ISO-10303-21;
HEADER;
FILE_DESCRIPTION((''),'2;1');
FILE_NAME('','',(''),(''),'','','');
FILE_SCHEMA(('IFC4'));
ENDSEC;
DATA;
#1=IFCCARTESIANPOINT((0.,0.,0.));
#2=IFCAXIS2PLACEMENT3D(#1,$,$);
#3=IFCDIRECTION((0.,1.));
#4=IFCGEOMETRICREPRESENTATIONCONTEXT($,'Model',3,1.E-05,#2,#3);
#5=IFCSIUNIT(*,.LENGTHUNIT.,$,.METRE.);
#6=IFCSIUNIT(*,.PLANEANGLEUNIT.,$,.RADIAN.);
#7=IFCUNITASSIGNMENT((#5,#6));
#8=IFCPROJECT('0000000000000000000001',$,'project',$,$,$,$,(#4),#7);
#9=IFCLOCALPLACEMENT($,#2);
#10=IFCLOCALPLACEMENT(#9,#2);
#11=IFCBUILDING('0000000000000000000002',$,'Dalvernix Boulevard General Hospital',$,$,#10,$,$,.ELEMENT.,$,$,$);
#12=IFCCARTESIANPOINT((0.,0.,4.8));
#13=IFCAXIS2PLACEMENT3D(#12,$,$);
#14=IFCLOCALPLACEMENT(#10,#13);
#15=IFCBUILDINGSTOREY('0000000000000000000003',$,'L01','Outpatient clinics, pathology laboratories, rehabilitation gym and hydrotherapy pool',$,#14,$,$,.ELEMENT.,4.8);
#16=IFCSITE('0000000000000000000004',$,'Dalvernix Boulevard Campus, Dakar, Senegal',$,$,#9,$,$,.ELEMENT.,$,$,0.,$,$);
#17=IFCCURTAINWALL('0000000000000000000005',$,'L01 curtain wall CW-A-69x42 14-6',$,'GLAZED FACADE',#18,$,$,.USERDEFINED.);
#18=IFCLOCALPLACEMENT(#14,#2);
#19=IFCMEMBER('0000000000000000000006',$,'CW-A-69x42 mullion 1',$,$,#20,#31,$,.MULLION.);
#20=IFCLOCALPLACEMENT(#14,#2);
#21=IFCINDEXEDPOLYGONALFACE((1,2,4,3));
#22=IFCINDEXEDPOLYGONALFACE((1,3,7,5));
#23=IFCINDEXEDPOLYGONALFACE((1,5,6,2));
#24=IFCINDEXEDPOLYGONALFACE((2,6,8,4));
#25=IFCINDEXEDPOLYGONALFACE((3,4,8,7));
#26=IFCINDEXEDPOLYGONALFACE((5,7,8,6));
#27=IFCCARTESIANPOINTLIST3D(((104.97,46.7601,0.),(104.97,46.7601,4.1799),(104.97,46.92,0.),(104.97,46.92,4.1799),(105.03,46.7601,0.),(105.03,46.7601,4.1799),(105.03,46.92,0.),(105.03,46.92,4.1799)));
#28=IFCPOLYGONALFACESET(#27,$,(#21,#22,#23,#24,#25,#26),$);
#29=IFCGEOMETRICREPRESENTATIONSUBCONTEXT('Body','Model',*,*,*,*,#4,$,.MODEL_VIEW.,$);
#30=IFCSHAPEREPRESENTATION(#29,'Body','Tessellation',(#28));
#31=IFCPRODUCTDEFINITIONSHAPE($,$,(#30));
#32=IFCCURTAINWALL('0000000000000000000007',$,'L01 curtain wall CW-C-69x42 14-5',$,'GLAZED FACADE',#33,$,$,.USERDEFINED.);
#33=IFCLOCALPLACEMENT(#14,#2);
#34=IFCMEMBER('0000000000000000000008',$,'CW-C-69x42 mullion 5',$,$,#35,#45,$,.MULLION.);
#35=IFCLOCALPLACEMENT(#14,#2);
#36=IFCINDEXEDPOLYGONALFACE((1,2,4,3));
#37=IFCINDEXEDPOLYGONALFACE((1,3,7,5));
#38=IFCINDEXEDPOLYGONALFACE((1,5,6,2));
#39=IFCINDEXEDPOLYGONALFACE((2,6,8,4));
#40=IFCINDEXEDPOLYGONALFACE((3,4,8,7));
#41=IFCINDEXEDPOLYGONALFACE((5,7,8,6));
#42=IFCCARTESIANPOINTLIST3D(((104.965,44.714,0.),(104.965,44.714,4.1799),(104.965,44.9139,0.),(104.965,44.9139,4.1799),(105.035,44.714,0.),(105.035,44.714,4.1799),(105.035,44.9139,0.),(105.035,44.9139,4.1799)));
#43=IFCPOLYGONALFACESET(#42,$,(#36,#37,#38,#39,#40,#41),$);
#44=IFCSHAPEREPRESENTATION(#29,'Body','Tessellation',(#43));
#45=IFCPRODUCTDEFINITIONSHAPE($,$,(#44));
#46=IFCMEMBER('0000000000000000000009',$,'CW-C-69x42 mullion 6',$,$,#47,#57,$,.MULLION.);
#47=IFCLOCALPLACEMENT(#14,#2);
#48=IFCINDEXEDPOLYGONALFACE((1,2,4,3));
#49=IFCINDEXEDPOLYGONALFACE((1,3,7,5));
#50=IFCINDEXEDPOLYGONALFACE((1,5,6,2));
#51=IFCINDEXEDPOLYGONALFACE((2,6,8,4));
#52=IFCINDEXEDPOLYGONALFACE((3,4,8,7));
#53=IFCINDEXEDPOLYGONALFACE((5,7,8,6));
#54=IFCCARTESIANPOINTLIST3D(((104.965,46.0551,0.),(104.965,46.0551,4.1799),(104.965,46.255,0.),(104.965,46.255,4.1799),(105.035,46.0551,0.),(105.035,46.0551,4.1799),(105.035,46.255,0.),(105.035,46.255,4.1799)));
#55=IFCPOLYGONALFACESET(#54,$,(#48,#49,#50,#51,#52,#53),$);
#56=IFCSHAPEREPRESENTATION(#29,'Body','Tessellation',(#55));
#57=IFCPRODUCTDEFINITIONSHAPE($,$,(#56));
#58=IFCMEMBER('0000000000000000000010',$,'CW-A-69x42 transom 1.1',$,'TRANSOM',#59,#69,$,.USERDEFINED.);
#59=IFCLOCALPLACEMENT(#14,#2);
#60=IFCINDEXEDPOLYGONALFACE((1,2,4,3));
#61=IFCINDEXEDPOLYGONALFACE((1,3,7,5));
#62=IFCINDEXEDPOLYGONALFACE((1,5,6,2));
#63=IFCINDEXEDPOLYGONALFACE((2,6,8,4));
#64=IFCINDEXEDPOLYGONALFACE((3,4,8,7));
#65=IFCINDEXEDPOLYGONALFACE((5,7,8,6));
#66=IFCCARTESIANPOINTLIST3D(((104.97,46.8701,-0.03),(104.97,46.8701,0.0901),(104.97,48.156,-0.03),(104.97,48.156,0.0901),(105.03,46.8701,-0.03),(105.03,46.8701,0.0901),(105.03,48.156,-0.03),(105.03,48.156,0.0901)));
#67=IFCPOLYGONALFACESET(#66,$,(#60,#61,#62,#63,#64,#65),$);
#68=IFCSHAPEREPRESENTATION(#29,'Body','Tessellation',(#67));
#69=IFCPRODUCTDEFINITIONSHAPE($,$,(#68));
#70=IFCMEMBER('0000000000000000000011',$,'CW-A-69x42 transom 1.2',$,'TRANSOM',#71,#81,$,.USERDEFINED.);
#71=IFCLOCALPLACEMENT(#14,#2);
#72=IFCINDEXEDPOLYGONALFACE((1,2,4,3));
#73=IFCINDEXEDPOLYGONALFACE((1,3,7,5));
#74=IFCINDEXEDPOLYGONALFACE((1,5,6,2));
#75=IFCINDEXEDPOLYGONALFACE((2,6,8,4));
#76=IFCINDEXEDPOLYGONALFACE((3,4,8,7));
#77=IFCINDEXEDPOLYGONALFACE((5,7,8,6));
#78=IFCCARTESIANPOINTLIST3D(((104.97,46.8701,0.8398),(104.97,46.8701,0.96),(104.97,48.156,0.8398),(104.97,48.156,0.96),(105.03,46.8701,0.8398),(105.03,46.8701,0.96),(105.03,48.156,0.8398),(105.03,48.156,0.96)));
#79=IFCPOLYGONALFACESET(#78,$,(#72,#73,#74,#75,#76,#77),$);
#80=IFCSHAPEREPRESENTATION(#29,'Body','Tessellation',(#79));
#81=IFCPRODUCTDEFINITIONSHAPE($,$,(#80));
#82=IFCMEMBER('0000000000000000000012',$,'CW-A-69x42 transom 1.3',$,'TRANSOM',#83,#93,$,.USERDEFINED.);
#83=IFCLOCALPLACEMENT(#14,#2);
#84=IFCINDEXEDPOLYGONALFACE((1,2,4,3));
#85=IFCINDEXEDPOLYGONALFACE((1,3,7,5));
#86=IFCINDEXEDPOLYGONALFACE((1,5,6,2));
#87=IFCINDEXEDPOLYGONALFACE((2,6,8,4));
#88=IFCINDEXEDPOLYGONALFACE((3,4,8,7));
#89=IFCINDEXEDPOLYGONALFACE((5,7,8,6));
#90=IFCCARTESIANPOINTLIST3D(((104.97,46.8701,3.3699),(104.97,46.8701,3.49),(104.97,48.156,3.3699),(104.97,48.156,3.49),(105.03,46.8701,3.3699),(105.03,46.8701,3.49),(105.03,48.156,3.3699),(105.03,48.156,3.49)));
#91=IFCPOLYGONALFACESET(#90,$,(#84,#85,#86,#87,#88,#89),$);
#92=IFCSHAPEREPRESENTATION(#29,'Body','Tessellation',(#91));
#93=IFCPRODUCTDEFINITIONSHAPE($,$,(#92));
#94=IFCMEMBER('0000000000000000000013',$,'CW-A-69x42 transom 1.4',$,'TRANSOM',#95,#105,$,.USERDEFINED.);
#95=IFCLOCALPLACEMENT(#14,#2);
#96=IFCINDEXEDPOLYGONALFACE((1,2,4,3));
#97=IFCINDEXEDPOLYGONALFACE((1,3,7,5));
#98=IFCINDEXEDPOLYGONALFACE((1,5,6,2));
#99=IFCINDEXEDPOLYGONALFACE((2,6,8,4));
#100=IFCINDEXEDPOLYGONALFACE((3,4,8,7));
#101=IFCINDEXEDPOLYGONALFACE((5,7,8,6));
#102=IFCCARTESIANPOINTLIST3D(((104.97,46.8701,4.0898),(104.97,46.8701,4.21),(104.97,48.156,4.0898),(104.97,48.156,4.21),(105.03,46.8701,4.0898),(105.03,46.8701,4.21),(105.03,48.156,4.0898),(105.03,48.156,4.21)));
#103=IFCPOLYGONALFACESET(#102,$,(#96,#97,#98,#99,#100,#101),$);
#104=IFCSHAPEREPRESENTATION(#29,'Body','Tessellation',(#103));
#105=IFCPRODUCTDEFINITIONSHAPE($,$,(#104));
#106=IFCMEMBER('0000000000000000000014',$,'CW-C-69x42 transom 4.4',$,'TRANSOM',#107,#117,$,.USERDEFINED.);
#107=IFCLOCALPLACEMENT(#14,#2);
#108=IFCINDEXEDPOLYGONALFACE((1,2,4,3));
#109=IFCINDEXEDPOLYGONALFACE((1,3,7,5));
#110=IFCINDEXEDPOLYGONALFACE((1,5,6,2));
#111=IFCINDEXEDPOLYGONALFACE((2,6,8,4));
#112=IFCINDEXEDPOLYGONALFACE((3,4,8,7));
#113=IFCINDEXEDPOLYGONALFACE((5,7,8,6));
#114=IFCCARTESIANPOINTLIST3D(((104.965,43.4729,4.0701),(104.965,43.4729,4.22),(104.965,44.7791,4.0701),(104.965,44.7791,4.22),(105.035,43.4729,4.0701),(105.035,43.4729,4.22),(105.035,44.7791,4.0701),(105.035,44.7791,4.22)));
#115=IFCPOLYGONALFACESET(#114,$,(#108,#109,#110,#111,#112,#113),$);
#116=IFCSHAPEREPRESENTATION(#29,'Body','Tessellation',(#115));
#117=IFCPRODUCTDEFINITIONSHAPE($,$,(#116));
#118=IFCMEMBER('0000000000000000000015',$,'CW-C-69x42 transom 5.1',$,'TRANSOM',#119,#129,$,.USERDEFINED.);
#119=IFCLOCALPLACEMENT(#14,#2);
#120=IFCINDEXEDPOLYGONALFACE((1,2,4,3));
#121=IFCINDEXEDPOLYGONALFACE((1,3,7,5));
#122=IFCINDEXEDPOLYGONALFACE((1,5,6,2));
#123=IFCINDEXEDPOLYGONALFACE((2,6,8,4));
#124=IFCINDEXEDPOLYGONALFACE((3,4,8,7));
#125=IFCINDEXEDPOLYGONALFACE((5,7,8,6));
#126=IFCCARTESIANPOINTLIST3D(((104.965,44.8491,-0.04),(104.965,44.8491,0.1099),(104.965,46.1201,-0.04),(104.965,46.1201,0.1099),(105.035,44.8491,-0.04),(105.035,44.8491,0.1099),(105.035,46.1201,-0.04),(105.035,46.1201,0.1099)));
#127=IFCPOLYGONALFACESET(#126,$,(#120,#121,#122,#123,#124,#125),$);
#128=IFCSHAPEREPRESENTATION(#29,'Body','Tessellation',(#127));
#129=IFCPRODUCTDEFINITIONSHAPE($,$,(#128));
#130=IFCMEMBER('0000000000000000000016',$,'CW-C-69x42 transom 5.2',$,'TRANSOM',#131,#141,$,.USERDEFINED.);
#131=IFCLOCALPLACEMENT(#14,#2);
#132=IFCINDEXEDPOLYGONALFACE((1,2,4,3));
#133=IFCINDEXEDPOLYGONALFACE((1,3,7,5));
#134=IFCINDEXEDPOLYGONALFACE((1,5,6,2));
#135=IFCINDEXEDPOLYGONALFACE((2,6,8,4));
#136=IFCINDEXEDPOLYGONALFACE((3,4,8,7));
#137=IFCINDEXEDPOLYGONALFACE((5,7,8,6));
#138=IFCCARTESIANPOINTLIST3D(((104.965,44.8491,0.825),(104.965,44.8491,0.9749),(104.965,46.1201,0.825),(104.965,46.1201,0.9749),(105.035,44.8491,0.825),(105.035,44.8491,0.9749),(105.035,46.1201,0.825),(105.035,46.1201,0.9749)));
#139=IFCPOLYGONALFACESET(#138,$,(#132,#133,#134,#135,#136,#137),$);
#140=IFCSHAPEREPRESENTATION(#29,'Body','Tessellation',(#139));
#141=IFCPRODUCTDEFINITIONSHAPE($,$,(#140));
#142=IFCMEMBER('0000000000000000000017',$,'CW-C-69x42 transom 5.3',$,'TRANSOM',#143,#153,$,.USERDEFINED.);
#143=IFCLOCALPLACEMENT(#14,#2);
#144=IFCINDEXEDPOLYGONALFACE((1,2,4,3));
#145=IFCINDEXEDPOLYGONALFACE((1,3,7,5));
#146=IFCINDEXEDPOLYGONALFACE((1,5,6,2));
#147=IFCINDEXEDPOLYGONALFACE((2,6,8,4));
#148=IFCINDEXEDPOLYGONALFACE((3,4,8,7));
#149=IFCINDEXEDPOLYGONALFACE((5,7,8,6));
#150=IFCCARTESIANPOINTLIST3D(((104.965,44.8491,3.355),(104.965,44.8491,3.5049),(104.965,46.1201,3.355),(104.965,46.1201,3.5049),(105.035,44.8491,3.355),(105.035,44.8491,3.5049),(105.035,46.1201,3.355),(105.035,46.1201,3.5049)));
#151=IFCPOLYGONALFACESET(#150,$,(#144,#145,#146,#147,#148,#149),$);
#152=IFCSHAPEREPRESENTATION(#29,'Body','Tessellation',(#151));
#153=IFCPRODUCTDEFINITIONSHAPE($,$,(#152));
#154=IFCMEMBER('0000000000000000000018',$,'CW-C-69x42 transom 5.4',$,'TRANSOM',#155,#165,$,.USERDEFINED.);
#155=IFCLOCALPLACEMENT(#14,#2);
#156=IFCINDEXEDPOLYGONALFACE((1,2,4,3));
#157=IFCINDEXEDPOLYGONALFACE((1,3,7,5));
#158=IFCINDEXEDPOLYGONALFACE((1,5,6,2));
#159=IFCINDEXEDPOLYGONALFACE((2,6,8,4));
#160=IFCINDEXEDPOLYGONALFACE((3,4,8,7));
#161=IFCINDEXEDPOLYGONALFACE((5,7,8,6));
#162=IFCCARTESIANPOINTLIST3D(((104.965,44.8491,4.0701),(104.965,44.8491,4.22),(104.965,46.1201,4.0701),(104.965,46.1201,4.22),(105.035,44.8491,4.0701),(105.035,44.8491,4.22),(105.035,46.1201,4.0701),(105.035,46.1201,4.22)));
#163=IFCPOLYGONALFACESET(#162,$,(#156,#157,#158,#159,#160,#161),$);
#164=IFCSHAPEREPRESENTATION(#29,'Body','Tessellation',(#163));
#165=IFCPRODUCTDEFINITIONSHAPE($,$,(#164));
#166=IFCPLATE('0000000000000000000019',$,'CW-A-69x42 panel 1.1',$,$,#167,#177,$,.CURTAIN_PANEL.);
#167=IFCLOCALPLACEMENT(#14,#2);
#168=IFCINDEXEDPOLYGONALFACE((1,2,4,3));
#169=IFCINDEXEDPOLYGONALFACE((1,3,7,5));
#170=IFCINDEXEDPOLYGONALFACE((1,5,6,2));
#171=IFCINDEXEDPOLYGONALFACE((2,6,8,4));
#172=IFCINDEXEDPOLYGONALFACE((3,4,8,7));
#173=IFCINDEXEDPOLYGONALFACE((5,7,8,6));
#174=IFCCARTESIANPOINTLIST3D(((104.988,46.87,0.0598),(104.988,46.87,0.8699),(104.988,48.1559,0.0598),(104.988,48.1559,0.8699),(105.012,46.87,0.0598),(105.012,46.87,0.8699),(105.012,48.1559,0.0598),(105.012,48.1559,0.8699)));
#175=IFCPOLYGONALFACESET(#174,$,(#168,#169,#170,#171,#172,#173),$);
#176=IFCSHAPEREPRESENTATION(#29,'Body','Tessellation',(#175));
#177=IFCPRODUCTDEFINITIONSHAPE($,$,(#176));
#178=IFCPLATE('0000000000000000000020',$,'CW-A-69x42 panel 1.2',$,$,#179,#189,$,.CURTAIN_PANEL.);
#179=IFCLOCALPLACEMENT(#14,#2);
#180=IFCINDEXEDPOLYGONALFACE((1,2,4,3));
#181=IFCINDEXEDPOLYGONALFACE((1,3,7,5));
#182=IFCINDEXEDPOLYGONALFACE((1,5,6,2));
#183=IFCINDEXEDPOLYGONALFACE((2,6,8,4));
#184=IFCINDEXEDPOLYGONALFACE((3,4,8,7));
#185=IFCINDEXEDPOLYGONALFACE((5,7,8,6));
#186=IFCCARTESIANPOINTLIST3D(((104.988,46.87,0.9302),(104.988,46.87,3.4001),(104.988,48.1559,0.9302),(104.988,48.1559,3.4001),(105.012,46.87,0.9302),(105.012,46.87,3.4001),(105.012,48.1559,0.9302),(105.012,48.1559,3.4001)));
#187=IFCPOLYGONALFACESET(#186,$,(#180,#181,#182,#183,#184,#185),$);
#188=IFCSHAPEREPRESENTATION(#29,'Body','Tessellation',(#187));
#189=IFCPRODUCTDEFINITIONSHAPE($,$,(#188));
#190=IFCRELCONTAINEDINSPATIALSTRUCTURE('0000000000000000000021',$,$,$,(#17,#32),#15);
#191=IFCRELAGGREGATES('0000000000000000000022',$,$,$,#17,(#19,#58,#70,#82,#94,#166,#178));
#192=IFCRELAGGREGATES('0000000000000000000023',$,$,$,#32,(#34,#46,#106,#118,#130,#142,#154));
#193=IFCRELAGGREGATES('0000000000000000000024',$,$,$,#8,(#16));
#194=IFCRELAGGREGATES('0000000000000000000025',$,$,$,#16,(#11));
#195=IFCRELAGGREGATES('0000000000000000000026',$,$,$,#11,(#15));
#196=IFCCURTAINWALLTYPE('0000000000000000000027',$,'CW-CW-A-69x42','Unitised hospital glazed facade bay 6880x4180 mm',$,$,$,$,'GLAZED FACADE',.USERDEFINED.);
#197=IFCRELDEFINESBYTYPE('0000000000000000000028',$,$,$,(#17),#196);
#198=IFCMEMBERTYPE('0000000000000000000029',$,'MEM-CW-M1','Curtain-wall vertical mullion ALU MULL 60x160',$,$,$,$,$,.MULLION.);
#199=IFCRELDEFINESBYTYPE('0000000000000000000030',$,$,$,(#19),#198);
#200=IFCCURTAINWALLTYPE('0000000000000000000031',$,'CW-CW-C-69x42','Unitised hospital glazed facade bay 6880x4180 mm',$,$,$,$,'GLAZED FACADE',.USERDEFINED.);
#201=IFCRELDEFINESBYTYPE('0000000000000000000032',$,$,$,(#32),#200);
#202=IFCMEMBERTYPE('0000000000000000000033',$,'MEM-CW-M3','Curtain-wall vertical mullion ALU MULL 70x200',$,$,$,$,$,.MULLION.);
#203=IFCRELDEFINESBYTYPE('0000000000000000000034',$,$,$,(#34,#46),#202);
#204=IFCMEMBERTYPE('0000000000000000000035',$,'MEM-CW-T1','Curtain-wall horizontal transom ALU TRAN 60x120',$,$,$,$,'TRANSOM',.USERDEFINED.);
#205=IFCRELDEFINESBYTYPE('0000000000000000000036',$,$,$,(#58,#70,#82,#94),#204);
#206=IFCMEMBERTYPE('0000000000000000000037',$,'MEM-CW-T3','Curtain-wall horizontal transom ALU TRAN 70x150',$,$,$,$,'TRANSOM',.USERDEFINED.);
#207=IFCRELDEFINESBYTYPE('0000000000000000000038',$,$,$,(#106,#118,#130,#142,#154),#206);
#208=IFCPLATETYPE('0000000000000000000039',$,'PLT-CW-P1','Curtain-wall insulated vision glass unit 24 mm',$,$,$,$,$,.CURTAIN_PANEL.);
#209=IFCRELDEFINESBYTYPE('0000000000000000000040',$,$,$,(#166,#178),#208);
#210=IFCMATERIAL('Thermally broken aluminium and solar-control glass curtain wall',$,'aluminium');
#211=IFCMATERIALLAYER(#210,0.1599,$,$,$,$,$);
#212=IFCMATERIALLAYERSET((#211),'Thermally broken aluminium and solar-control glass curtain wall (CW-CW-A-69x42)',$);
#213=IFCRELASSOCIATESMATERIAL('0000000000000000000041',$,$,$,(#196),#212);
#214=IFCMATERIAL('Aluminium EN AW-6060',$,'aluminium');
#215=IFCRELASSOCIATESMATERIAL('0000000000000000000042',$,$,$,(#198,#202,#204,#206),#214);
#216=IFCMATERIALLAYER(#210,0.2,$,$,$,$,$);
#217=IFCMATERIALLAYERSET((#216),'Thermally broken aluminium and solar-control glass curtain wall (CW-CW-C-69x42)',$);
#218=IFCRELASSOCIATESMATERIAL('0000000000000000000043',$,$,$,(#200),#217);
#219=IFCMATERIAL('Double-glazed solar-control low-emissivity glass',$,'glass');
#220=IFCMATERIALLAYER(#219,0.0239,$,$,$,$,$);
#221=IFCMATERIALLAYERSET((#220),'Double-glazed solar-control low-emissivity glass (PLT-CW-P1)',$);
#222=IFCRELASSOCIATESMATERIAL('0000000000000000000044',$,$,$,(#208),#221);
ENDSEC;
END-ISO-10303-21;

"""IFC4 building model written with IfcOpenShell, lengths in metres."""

from ifc_helpers import new_model, si_unit, direction, frame, origin, origin_2d, place, context, subcontext, project, spatial, rectangle, extrude, material, layer, layer_set, material_profile, profile_set, type_object, element, aggregate, save


model = new_model("IFC4")

# Units and contexts
model_context = context("Model", 3, precision=1e-05, world=origin(), true_north=direction((0.0, 1.0)))
body_context = subcontext(model_context, "Body", "Model", "MODEL_VIEW")
ifc_project = project(units=[si_unit("LENGTHUNIT", "METRE"), si_unit("PLANEANGLEUNIT", "RADIAN")], contexts=[model_context])

# Site, building, storey
site_placement = place(None, origin())
site = spatial("IfcSite", under=ifc_project, at=site_placement, Name="Dalvernix Boulevard Campus, Dakar, Senegal", CompositionType="ELEMENT", RefElevation=0.0)
building_placement = place(site_placement, origin())
building = spatial("IfcBuilding", under=site, at=building_placement, Name="Dalvernix Boulevard General Hospital", CompositionType="ELEMENT")
storey_placement = place(building_placement, frame((0.0, 0.0, 4.8)))
storey = spatial("IfcBuildingStorey", under=building, at=storey_placement, Name="L01", Description="Outpatient clinics, pathology laboratories, rehabilitation gym and hydrotherapy pool", CompositionType="ELEMENT", Elevation=4.8)

# Curtain wall, member
ifc_material_1 = material(Name="Thermally broken aluminium and solar-control glass curtain wall", Category="aluminium")
ifc_layer_1 = layer(ifc_material_1, 0.1599)
ifc_layer_set_1 = layer_set([ifc_layer_1], Name="Thermally broken aluminium and solar-control glass curtain wall (CW-CW-A-69x42)")
curtain_wall_type_1 = type_object("IfcCurtainWallType", Name="CW-CW-A-69x42", Description="Unitised hospital glazed facade bay 6880x4180 mm", ElementType="GLAZED FACADE", PredefinedType="USERDEFINED", material=ifc_layer_set_1)
curtain_wall_1_placement = place(storey_placement, origin())
curtain_wall_1 = element("IfcCurtainWall", 1, at=curtain_wall_1_placement, inside=storey, type_object=curtain_wall_type_1, Name="L01 curtain wall CW-A-69x42 14-6", ObjectType="GLAZED FACADE", PredefinedType="USERDEFINED")
ifc_material_2 = material(Name="Aluminium EN AW-6060", Category="aluminium")
ifc_material_profile_1 = material_profile(ifc_material_2, rectangle(XDim=0.0601, YDim=0.1599, at=origin_2d()), Name="ALU MULL 60x160")
ifc_profile_set_1 = profile_set([ifc_material_profile_1], Name="Aluminium EN AW-6060")
member_type_1 = type_object("IfcMemberType", Name="MEM-CW-M1", Description="Curtain-wall vertical mullion ALU MULL 60x160", PredefinedType="MULLION", material=ifc_profile_set_1)
member_1_placement = place(storey_placement, frame((105.0, 46.8401, 0.0), z_axis=(0.0, 0.0, 1.0), x_axis=(-1.0, 0.0, 0.0)))
member_1 = element("IfcMember", 2, at=member_1_placement, type_object=member_type_1, Name="CW-A-69x42 mullion 1", PredefinedType="MULLION", context=body_context, shape_type="SweptSolid", body=[
    extrude(rectangle(XDim=0.0601, YDim=0.1599, at=origin_2d()), origin(), (0.0, 0.0, 1.0), 4.1799),
])

# Curtain wall, members
ifc_layer_2 = layer(ifc_material_1, 0.2)
ifc_layer_set_2 = layer_set([ifc_layer_2], Name="Thermally broken aluminium and solar-control glass curtain wall (CW-CW-C-69x42)")
curtain_wall_type_2 = type_object("IfcCurtainWallType", Name="CW-CW-C-69x42", Description="Unitised hospital glazed facade bay 6880x4180 mm", ElementType="GLAZED FACADE", PredefinedType="USERDEFINED", material=ifc_layer_set_2)
curtain_wall_2_placement = place(storey_placement, origin())
curtain_wall_2 = element("IfcCurtainWall", 3, at=curtain_wall_2_placement, inside=storey, type_object=curtain_wall_type_2, Name="L01 curtain wall CW-C-69x42 14-5", ObjectType="GLAZED FACADE", PredefinedType="USERDEFINED")
ifc_material_profile_2 = material_profile(ifc_material_2, rectangle(XDim=0.0701, YDim=0.2, at=origin_2d()), Name="ALU MULL 70x200")
ifc_profile_set_2 = profile_set([ifc_material_profile_2], Name="Aluminium EN AW-6060")
member_type_2 = type_object("IfcMemberType", Name="MEM-CW-M3", Description="Curtain-wall vertical mullion ALU MULL 70x200", PredefinedType="MULLION", material=ifc_profile_set_2)
member_2_placement = place(storey_placement, frame((105.0, 44.814, 0.0), z_axis=(0.0, 0.0, 1.0), x_axis=(-1.0, 0.0, 0.0)))
member_2 = element("IfcMember", 4, at=member_2_placement, type_object=member_type_2, Name="CW-C-69x42 mullion 5", PredefinedType="MULLION", context=body_context, shape_type="SweptSolid", body=[
    extrude(rectangle(XDim=0.0701, YDim=0.2, at=origin_2d()), origin(), (0.0, 0.0, 1.0), 4.1799),
])
member_3_placement = place(storey_placement, frame((105.0, 46.155, 0.0), z_axis=(0.0, 0.0, 1.0), x_axis=(-1.0, 0.0, 0.0)))
member_3 = element("IfcMember", 5, at=member_3_placement, type_object=member_type_2, Name="CW-C-69x42 mullion 6", PredefinedType="MULLION", context=body_context, shape_type="SweptSolid", body=[
    extrude(rectangle(XDim=0.0701, YDim=0.2, at=origin_2d()), origin(), (0.0, 0.0, 1.0), 4.1799),
])

# Members
ifc_material_profile_3 = material_profile(ifc_material_2, rectangle(XDim=0.0601, YDim=0.1201, at=origin_2d()), Name="ALU TRAN 60x120")
ifc_profile_set_3 = profile_set([ifc_material_profile_3], Name="Aluminium EN AW-6060")
member_type_3 = type_object("IfcMemberType", Name="MEM-CW-T1", Description="Curtain-wall horizontal transom ALU TRAN 60x120", ElementType="TRANSOM", PredefinedType="USERDEFINED", material=ifc_profile_set_3)
member_4_placement = place(storey_placement, frame((105.0, 46.8701, 0.03), z_axis=(0.0, 1.0, 0.0), x_axis=(-1.0, 0.0, 0.0)))
member_4 = element("IfcMember", 6, at=member_4_placement, type_object=member_type_3, Name="CW-A-69x42 transom 1.1", ObjectType="TRANSOM", PredefinedType="USERDEFINED", context=body_context, shape_type="SweptSolid", body=[
    extrude(rectangle(XDim=0.0601, YDim=0.1201, at=origin_2d()), origin(), (0.0, 0.0, 1.0), 1.2859),
])
member_5_placement = place(storey_placement, frame((105.0, 46.8701, 0.8999), z_axis=(0.0, 1.0, 0.0), x_axis=(-1.0, 0.0, 0.0)))
member_5 = element("IfcMember", 7, at=member_5_placement, type_object=member_type_3, Name="CW-A-69x42 transom 1.2", ObjectType="TRANSOM", PredefinedType="USERDEFINED", context=body_context, shape_type="SweptSolid", body=[
    extrude(rectangle(XDim=0.0601, YDim=0.1201, at=origin_2d()), origin(), (0.0, 0.0, 1.0), 1.2859),
])
member_6_placement = place(storey_placement, frame((105.0, 46.8701, 3.4299), z_axis=(0.0, 1.0, 0.0), x_axis=(-1.0, 0.0, 0.0)))
member_6 = element("IfcMember", 8, at=member_6_placement, type_object=member_type_3, Name="CW-A-69x42 transom 1.3", ObjectType="TRANSOM", PredefinedType="USERDEFINED", context=body_context, shape_type="SweptSolid", body=[
    extrude(rectangle(XDim=0.0601, YDim=0.1201, at=origin_2d()), origin(), (0.0, 0.0, 1.0), 1.2859),
])
member_7_placement = place(storey_placement, frame((105.0, 46.8701, 4.1499), z_axis=(0.0, 1.0, 0.0), x_axis=(-1.0, 0.0, 0.0)))
member_7 = element("IfcMember", 9, at=member_7_placement, type_object=member_type_3, Name="CW-A-69x42 transom 1.4", ObjectType="TRANSOM", PredefinedType="USERDEFINED", context=body_context, shape_type="SweptSolid", body=[
    extrude(rectangle(XDim=0.0601, YDim=0.1201, at=origin_2d()), origin(), (0.0, 0.0, 1.0), 1.2859),
])
ifc_material_profile_4 = material_profile(ifc_material_2, rectangle(XDim=0.0701, YDim=0.1499, at=origin_2d()), Name="ALU TRAN 70x150")
ifc_profile_set_4 = profile_set([ifc_material_profile_4], Name="Aluminium EN AW-6060")
member_type_4 = type_object("IfcMemberType", Name="MEM-CW-T3", Description="Curtain-wall horizontal transom ALU TRAN 70x150", ElementType="TRANSOM", PredefinedType="USERDEFINED", material=ifc_profile_set_4)
member_8_placement = place(storey_placement, frame((105.0, 43.4729, 4.145), z_axis=(0.0, 1.0, 0.0), x_axis=(-1.0, 0.0, 0.0)))
member_8 = element("IfcMember", 10, at=member_8_placement, type_object=member_type_4, Name="CW-C-69x42 transom 4.4", ObjectType="TRANSOM", PredefinedType="USERDEFINED", context=body_context, shape_type="SweptSolid", body=[
    extrude(rectangle(XDim=0.0701, YDim=0.1499, at=origin_2d()), origin(), (0.0, 0.0, 1.0), 1.3062),
])
member_9_placement = place(storey_placement, frame((105.0, 44.8491, 0.0349), z_axis=(0.0, 1.0, 0.0), x_axis=(-1.0, 0.0, 0.0)))
member_9 = element("IfcMember", 11, at=member_9_placement, type_object=member_type_4, Name="CW-C-69x42 transom 5.1", ObjectType="TRANSOM", PredefinedType="USERDEFINED", context=body_context, shape_type="SweptSolid", body=[
    extrude(rectangle(XDim=0.0701, YDim=0.1499, at=origin_2d()), origin(), (0.0, 0.0, 1.0), 1.271),
])
member_10_placement = place(storey_placement, frame((105.0, 44.8491, 0.8999), z_axis=(0.0, 1.0, 0.0), x_axis=(-1.0, 0.0, 0.0)))
member_10 = element("IfcMember", 12, at=member_10_placement, type_object=member_type_4, Name="CW-C-69x42 transom 5.2", ObjectType="TRANSOM", PredefinedType="USERDEFINED", context=body_context, shape_type="SweptSolid", body=[
    extrude(rectangle(XDim=0.0701, YDim=0.1499, at=origin_2d()), origin(), (0.0, 0.0, 1.0), 1.271),
])
member_11_placement = place(storey_placement, frame((105.0, 44.8491, 3.4299), z_axis=(0.0, 1.0, 0.0), x_axis=(-1.0, 0.0, 0.0)))
member_11 = element("IfcMember", 13, at=member_11_placement, type_object=member_type_4, Name="CW-C-69x42 transom 5.3", ObjectType="TRANSOM", PredefinedType="USERDEFINED", context=body_context, shape_type="SweptSolid", body=[
    extrude(rectangle(XDim=0.0701, YDim=0.1499, at=origin_2d()), origin(), (0.0, 0.0, 1.0), 1.271),
])
member_12_placement = place(storey_placement, frame((105.0, 44.8491, 4.145), z_axis=(0.0, 1.0, 0.0), x_axis=(-1.0, 0.0, 0.0)))
member_12 = element("IfcMember", 14, at=member_12_placement, type_object=member_type_4, Name="CW-C-69x42 transom 5.4", ObjectType="TRANSOM", PredefinedType="USERDEFINED", context=body_context, shape_type="SweptSolid", body=[
    extrude(rectangle(XDim=0.0701, YDim=0.1499, at=origin_2d()), origin(), (0.0, 0.0, 1.0), 1.271),
])

# Plates
ifc_material_3 = material(Name="Double-glazed solar-control low-emissivity glass", Category="glass")
ifc_layer_3 = layer(ifc_material_3, 0.0239)
ifc_layer_set_3 = layer_set([ifc_layer_3], Name="Double-glazed solar-control low-emissivity glass (PLT-CW-P1)")
plate_type_1 = type_object("IfcPlateType", Name="PLT-CW-P1", Description="Curtain-wall insulated vision glass unit 24 mm", PredefinedType="CURTAIN_PANEL", material=ifc_layer_set_3)
plate_1_placement = place(storey_placement, frame((105.0, 47.5129, 0.0598), z_axis=(0.0, 0.0, 1.0), x_axis=(0.0, 1.0, 0.0)))
plate_1 = element("IfcPlate", 15, at=plate_1_placement, type_object=plate_type_1, Name="CW-A-69x42 panel 1.1", PredefinedType="CURTAIN_PANEL", context=body_context, shape_type="SweptSolid", body=[
    extrude(rectangle(XDim=1.2859, YDim=0.0239, at=origin_2d()), origin(), (0.0, 0.0, 1.0), 0.8101),
])
plate_2_placement = place(storey_placement, frame((105.0, 47.5129, 0.9302), z_axis=(0.0, 0.0, 1.0), x_axis=(0.0, 1.0, 0.0)))
plate_2 = element("IfcPlate", 16, at=plate_2_placement, type_object=plate_type_1, Name="CW-A-69x42 panel 1.2", PredefinedType="CURTAIN_PANEL", context=body_context, shape_type="SweptSolid", body=[
    extrude(rectangle(XDim=1.2859, YDim=0.0239, at=origin_2d()), origin(), (0.0, 0.0, 1.0), 2.47),
])
aggregate(curtain_wall_1, [member_1, member_4, member_5, member_6, member_7, plate_1, plate_2])
aggregate(curtain_wall_2, [member_2, member_3, member_8, member_9, member_10, member_11, member_12])

save(model, "model.ifc")
